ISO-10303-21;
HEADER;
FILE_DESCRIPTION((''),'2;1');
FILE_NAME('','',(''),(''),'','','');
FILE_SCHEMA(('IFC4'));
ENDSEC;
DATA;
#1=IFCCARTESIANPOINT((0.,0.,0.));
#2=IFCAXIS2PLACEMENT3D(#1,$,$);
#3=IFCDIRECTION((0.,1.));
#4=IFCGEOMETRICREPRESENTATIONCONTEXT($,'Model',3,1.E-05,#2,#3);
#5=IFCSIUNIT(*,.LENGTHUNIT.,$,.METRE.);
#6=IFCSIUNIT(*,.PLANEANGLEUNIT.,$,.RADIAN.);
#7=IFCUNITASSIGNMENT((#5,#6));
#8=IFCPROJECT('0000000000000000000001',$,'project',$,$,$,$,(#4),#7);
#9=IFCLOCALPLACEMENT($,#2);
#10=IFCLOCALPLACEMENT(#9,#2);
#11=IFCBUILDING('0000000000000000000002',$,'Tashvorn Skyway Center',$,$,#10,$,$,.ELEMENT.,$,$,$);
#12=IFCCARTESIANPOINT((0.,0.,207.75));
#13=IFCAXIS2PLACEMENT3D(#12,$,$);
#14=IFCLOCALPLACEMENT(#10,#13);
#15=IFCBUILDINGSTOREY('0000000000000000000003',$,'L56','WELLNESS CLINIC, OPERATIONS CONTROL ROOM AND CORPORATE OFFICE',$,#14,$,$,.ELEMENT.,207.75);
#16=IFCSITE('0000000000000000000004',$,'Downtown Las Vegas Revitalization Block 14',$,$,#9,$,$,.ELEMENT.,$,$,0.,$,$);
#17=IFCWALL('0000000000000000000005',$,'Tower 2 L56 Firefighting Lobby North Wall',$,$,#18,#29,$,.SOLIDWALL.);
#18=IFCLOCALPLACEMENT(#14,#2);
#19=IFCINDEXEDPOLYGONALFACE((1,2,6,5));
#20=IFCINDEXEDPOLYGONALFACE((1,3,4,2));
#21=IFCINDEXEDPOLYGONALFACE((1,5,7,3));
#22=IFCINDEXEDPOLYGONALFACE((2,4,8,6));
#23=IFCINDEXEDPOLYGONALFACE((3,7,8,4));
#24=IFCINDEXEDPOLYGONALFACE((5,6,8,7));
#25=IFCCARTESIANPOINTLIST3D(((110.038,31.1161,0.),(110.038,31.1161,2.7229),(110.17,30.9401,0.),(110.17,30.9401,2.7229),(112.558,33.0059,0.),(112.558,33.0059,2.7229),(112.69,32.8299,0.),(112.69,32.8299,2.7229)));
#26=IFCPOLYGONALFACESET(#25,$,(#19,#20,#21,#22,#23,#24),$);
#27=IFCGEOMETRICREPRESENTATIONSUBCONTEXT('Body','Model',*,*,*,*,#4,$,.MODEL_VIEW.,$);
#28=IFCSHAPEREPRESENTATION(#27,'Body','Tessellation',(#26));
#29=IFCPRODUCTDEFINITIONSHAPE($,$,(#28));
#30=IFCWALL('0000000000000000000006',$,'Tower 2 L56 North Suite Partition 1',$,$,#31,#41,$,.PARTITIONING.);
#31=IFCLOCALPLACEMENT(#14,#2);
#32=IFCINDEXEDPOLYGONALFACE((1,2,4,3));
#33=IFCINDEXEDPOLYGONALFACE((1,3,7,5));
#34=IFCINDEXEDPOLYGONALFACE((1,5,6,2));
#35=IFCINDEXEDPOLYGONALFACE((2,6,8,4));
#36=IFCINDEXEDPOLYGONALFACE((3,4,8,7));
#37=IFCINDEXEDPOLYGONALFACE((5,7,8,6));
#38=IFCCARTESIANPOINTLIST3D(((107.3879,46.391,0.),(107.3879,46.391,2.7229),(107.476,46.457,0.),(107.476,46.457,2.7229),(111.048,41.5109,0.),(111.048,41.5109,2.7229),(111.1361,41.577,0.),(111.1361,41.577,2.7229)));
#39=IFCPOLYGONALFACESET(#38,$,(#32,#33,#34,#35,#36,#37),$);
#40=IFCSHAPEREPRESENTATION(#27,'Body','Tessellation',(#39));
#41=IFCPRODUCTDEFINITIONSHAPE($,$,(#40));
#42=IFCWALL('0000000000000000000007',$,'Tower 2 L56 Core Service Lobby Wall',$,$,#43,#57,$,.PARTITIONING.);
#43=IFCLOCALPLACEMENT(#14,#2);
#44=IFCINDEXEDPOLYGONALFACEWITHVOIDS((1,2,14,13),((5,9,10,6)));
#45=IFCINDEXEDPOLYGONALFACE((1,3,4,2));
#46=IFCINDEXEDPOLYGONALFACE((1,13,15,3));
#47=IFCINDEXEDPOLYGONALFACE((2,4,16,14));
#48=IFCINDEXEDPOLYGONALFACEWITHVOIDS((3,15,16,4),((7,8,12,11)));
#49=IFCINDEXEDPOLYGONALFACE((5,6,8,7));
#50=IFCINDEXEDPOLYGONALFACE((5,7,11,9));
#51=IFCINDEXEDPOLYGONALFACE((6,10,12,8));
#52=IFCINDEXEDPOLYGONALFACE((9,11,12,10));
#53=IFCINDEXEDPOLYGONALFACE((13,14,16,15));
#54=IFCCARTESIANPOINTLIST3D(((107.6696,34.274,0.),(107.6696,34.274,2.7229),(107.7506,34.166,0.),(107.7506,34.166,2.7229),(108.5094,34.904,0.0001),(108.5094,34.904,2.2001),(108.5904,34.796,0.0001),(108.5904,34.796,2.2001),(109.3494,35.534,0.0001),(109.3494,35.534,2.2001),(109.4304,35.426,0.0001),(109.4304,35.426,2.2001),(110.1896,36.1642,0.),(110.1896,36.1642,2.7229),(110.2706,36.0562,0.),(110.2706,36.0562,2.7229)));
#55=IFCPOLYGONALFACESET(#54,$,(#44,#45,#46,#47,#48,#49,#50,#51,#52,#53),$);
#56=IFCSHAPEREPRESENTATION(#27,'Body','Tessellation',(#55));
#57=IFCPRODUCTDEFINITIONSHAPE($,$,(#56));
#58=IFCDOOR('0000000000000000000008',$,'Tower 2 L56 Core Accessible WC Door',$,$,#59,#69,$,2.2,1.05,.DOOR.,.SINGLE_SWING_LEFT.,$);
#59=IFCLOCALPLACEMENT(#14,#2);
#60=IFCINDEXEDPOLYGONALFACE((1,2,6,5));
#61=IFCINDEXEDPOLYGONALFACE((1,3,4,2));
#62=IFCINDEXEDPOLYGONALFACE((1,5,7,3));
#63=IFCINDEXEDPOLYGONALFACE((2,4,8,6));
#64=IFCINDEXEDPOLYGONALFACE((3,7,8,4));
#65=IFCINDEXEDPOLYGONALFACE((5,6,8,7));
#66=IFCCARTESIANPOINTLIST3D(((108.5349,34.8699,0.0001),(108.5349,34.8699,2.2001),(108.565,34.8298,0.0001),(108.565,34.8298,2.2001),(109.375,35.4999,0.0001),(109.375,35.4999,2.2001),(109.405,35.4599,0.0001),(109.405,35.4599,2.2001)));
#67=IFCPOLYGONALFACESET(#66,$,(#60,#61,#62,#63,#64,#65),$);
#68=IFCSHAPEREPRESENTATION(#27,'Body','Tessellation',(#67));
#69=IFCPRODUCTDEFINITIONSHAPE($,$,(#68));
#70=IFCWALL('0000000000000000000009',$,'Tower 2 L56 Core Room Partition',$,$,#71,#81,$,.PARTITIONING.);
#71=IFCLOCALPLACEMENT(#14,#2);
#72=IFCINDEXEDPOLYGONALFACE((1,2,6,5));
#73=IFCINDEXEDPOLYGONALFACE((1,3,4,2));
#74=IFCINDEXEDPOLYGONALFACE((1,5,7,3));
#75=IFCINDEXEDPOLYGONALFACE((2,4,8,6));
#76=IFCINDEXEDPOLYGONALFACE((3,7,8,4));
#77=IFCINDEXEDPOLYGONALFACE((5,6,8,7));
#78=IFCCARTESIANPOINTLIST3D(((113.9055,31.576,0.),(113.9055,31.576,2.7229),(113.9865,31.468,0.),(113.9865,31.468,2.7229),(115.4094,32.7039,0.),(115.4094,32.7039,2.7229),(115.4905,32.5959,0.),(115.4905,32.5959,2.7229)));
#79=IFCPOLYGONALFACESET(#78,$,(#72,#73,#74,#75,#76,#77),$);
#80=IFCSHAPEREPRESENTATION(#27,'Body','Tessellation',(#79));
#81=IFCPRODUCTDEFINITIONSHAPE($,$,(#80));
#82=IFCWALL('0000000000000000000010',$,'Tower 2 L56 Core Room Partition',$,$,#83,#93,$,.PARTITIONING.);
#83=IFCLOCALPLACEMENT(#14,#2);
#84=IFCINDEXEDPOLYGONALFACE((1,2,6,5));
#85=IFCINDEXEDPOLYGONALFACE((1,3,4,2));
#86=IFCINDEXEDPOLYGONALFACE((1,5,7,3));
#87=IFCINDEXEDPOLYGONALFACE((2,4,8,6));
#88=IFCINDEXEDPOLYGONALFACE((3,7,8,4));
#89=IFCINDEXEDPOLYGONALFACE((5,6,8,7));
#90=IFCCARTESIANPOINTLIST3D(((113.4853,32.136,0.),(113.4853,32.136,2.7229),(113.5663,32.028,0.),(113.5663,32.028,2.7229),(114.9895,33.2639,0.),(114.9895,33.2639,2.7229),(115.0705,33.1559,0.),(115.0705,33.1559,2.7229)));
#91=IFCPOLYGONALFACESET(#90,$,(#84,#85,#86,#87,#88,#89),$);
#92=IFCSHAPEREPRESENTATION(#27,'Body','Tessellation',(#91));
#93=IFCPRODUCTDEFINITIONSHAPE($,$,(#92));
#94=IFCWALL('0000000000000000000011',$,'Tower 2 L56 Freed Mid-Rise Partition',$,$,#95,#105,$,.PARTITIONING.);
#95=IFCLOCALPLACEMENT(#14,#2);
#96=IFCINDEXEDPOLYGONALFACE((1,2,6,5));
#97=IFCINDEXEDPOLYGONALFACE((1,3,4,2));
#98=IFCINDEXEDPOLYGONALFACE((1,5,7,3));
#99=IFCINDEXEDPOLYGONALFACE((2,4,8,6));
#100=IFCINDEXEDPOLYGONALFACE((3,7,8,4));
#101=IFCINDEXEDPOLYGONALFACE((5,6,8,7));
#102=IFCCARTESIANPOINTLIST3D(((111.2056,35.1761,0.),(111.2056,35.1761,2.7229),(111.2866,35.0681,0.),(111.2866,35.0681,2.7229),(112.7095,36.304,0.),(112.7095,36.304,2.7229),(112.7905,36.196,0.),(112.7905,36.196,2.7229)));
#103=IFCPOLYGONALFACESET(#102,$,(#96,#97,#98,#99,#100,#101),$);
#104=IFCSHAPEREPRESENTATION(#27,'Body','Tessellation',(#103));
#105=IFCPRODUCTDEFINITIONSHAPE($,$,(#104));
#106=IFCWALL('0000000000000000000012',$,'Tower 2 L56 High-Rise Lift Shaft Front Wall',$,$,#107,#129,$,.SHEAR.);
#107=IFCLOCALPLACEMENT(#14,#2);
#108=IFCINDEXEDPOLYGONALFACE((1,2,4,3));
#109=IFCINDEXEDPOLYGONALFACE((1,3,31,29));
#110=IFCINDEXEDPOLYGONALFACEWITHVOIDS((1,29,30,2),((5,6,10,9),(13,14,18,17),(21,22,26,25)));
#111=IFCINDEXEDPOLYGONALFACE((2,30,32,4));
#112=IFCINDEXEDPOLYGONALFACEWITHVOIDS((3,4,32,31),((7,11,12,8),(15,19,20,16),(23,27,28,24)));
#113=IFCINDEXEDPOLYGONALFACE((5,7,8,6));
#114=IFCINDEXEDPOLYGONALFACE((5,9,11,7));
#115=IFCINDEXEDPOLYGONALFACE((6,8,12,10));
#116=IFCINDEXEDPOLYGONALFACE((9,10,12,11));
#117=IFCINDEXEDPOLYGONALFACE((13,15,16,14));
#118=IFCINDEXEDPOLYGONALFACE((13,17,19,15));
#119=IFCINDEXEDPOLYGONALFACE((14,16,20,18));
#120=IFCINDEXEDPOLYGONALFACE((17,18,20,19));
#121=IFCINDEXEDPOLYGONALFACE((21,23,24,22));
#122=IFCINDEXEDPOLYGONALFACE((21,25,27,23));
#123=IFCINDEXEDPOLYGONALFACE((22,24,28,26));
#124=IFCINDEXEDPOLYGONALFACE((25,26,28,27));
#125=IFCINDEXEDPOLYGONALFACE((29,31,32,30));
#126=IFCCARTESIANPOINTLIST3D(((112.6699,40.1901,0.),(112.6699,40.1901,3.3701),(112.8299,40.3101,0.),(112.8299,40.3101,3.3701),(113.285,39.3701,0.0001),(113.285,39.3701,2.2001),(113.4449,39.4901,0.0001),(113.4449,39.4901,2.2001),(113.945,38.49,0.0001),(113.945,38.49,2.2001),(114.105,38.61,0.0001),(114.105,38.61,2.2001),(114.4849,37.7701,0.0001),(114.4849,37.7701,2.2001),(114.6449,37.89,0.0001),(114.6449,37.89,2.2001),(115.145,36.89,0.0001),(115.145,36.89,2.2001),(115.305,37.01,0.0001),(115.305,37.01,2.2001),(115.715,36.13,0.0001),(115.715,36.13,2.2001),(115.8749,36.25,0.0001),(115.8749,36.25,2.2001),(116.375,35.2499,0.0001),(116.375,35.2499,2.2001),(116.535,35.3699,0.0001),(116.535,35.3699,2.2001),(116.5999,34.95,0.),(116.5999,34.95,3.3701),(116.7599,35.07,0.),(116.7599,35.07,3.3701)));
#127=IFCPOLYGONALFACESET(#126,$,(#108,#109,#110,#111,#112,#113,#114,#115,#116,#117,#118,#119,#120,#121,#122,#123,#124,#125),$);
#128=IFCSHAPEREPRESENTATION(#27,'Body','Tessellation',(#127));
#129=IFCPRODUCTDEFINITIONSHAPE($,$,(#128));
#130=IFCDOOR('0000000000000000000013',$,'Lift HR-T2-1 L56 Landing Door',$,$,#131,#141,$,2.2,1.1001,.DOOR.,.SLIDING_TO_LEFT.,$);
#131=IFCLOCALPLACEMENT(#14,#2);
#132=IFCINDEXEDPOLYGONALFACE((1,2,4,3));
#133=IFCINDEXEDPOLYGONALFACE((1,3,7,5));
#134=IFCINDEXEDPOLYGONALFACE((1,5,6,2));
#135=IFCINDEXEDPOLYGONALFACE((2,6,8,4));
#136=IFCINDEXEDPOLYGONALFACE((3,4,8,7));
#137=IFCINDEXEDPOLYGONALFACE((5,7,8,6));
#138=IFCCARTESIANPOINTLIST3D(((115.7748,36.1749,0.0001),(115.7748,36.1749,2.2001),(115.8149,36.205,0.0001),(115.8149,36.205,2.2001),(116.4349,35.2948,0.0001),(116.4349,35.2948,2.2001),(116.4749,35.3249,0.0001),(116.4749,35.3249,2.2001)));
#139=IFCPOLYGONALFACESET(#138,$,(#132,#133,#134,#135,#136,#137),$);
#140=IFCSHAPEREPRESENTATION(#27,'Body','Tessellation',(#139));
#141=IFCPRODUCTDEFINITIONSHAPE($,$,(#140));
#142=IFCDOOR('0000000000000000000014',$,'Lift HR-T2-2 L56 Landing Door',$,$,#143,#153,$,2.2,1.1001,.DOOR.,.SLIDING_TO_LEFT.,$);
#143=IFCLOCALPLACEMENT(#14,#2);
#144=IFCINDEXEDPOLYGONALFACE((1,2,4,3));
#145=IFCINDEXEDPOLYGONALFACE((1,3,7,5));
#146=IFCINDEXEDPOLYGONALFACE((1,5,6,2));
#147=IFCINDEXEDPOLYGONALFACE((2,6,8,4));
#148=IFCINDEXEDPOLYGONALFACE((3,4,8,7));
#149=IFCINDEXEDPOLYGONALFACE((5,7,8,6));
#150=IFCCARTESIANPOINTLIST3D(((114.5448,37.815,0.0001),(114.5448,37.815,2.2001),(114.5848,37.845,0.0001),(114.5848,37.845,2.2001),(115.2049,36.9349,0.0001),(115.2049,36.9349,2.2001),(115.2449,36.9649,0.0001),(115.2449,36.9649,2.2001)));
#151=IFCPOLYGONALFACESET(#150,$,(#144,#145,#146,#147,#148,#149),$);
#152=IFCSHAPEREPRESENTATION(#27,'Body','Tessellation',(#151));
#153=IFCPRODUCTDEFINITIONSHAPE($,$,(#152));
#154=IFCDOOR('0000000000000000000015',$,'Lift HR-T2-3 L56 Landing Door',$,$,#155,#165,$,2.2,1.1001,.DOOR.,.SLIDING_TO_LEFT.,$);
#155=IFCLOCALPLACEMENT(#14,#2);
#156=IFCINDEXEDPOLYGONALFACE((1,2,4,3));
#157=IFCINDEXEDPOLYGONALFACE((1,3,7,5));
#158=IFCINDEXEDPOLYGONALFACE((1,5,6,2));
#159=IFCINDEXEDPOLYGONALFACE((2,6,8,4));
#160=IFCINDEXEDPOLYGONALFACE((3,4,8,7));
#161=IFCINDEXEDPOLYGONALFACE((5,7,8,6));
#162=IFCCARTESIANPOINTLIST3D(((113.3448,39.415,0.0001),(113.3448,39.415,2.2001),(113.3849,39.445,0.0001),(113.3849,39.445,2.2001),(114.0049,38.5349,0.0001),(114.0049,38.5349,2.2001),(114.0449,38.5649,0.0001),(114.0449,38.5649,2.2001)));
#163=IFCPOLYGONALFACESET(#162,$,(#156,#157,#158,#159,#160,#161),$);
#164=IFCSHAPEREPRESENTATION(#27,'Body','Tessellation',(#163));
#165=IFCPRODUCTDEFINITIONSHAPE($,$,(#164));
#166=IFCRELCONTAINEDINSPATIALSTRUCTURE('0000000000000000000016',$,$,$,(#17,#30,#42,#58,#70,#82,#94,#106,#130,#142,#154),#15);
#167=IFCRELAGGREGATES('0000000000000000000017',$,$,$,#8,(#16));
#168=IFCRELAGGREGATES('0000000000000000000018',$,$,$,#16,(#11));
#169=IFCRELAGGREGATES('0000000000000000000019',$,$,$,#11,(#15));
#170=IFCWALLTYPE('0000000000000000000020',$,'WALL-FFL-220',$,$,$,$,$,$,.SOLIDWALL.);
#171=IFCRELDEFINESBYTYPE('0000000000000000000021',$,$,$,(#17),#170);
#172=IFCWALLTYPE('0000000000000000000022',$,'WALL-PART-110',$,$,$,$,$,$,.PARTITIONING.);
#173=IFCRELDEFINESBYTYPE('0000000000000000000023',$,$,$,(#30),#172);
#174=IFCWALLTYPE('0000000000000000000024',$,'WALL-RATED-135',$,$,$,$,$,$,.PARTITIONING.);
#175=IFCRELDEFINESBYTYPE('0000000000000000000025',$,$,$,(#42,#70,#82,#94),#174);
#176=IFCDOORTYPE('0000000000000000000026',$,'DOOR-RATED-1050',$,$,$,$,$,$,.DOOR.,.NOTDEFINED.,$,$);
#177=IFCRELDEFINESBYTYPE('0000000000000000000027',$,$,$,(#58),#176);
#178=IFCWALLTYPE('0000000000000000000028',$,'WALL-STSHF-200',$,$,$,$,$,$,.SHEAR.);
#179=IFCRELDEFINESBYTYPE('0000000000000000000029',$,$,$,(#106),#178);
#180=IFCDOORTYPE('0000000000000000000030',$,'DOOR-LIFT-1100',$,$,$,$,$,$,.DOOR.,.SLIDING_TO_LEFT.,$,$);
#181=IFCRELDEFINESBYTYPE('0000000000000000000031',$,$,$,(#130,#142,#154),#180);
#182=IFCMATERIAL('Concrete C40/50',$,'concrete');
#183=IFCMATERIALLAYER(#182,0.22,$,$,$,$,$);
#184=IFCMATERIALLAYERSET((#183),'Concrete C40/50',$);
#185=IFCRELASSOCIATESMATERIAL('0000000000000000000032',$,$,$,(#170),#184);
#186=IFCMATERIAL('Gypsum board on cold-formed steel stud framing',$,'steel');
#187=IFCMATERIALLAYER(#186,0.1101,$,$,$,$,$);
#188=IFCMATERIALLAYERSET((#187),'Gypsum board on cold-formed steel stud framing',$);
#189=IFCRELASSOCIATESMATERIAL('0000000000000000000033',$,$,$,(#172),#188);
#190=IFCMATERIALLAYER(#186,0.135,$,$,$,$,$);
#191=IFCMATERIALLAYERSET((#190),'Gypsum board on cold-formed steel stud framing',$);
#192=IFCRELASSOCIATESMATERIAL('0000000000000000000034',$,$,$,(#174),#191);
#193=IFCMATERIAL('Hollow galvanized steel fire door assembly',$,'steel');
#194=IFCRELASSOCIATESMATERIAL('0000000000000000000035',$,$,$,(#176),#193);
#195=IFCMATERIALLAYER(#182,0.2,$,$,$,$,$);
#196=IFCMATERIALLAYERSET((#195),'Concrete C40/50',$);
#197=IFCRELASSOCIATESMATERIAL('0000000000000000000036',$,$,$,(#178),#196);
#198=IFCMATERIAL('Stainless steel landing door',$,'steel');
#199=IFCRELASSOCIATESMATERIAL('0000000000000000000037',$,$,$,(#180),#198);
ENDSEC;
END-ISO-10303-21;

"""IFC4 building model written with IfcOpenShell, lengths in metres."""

from ifc_helpers import new_model, si_unit, direction, frame, frame_2d, origin, place, context, subcontext, project, spatial, rectangle, extrude, material, layer, layer_set, type_object, element, fill, save


model = new_model("IFC4")

# Units and contexts
model_context = context("Model", 3, precision=1e-05, world=origin(), true_north=direction((0.0, 1.0)))
body_context = subcontext(model_context, "Body", "Model", "MODEL_VIEW")
ifc_project = project(units=[si_unit("LENGTHUNIT", "METRE"), si_unit("PLANEANGLEUNIT", "RADIAN")], contexts=[model_context])

# Site, building, storey
site_placement = place(None, origin())
site = spatial("IfcSite", under=ifc_project, at=site_placement, Name="Downtown Las Vegas Revitalization Block 14", CompositionType="ELEMENT", RefElevation=0.0)
building_placement = place(site_placement, origin())
building = spatial("IfcBuilding", under=site, at=building_placement, Name="Tashvorn Skyway Center", CompositionType="ELEMENT")
storey_placement = place(building_placement, frame((0.0, 0.0, 207.75)))
storey = spatial("IfcBuildingStorey", under=building, at=storey_placement, Name="L56", Description="WELLNESS CLINIC, OPERATIONS CONTROL ROOM AND CORPORATE OFFICE", CompositionType="ELEMENT", Elevation=207.75)

# Walls
ifc_material_1 = material(Name="Concrete C40/50", Category="concrete")
ifc_layer_1 = layer(ifc_material_1, 0.22)
ifc_layer_set_1 = layer_set([ifc_layer_1], Name="Concrete C40/50")
wall_type_1 = type_object("IfcWallType", Name="WALL-FFL-220", PredefinedType="SOLIDWALL", material=ifc_layer_set_1)
wall_1_placement = place(storey_placement, frame((110.104, 31.0281, 0.0), z_axis=(0.0, 0.0, 1.0), x_axis=(0.800019, 0.599975, 0.0)))
element("IfcWall", 1, at=wall_1_placement, inside=storey, type_object=wall_type_1, Name="Tower 2 L56 Firefighting Lobby North Wall", PredefinedType="SOLIDWALL", context=body_context, shape_type="SweptSolid", body=[
    extrude(rectangle(XDim=3.1499, YDim=0.22, at=frame_2d((1.575, 0.0))), origin(), (0.0, 0.0, 1.0), 2.7229),
])
ifc_material_2 = material(Name="Gypsum board on cold-formed steel stud framing", Category="steel")
ifc_layer_2 = layer(ifc_material_2, 0.1101)
ifc_layer_set_2 = layer_set([ifc_layer_2], Name="Gypsum board on cold-formed steel stud framing")
wall_type_2 = type_object("IfcWallType", Name="WALL-PART-110", PredefinedType="PARTITIONING", material=ifc_layer_set_2)
wall_2_placement = place(storey_placement, frame((111.092, 41.5439, 0.0), z_axis=(0.0, 0.0, 1.0), x_axis=(-0.600006, 0.799995, 0.0)))
element("IfcWall", 2, at=wall_2_placement, inside=storey, type_object=wall_type_2, Name="Tower 2 L56 North Suite Partition 1", PredefinedType="PARTITIONING", context=body_context, shape_type="SweptSolid", body=[
    extrude(rectangle(XDim=6.1001, YDim=0.1101, at=frame_2d((3.05, 0.0))), origin(), (0.0, 0.0, 1.0), 2.7229),
])

# Wall, opening, door
ifc_layer_3 = layer(ifc_material_2, 0.135)
ifc_layer_set_3 = layer_set([ifc_layer_3], Name="Gypsum board on cold-formed steel stud framing")
wall_type_3 = type_object("IfcWallType", Name="WALL-RATED-135", PredefinedType="PARTITIONING", material=ifc_layer_set_3)
wall_3_placement = place(storey_placement, frame((107.71, 34.22, 0.0), z_axis=(0.0, 0.0, 1.0), x_axis=(0.799981, 0.600025, 0.0)))
wall_3 = element("IfcWall", 3, at=wall_3_placement, inside=storey, type_object=wall_type_3, Name="Tower 2 L56 Core Service Lobby Wall", PredefinedType="PARTITIONING", context=body_context, shape_type="SweptSolid", body=[
    extrude(rectangle(XDim=3.1501, YDim=0.135, at=frame_2d((1.5752, 0.0))), origin(), (0.0, 0.0, 1.0), 2.7229),
])
opening_1_placement = place(wall_3_placement, frame((1.05, 0.0, 0.0)))
opening_1 = element("IfcOpeningElement", 4, at=opening_1_placement, cuts=wall_3, PredefinedType="OPENING", context=body_context, shape_type="SweptSolid", body=[
    extrude(rectangle(XDim=1.05, YDim=2.2, at=frame_2d((0.5249, 1.1001))), frame((0.0, 0.0774, 0.0), z_axis=(0.0, -1.0, 0.0), x_axis=(1.0, 0.0, 0.0)), (0.0, 0.0, 1.0), 0.155),
])
ifc_material_3 = material(Name="Hollow galvanized steel fire door assembly", Category="steel")
door_type_1 = type_object("IfcDoorType", Name="DOOR-RATED-1050", OperationType="NOTDEFINED", PredefinedType="DOOR", material=ifc_material_3)
door_1_placement = place(opening_1_placement, origin())
door_1 = element("IfcDoor", 5, at=door_1_placement, inside=storey, type_object=door_type_1, Name="Tower 2 L56 Core Accessible WC Door", OperationType="SINGLE_SWING_LEFT", OverallHeight=2.2, OverallWidth=1.05, PredefinedType="DOOR", context=body_context, shape_type="SweptSolid", body=[
    extrude(rectangle(XDim=1.05, YDim=2.2, at=frame_2d((0.5249, 1.1001))), frame((0.0, 0.0249, 0.0), z_axis=(0.0, -1.0, 0.0), x_axis=(1.0, 0.0, 0.0)), (0.0, 0.0, 1.0), 0.05),
])
fill(opening_1, door_1)

# Walls
wall_4_placement = place(storey_placement, frame((113.946, 31.522, 0.0), z_axis=(0.0, 0.0, 1.0), x_axis=(0.8, 0.6, 0.0)))
element("IfcWall", 6, at=wall_4_placement, inside=storey, type_object=wall_type_3, Name="Tower 2 L56 Core Room Partition", PredefinedType="PARTITIONING", context=body_context, shape_type="SweptSolid", body=[
    extrude(rectangle(XDim=1.8799, YDim=0.135, at=frame_2d((0.9399, 0.0))), origin(), (0.0, 0.0, 1.0), 2.7229),
])
wall_5_placement = place(storey_placement, frame((113.5259, 32.082, 0.0), z_axis=(0.0, 0.0, 1.0), x_axis=(0.800047, 0.599938, 0.0)))
element("IfcWall", 7, at=wall_5_placement, inside=storey, type_object=wall_type_3, Name="Tower 2 L56 Core Room Partition", PredefinedType="PARTITIONING", context=body_context, shape_type="SweptSolid", body=[
    extrude(rectangle(XDim=1.8801, YDim=0.135, at=frame_2d((0.9399, 0.0))), origin(), (0.0, 0.0, 1.0), 2.7229),
])
wall_6_placement = place(storey_placement, frame((111.2461, 35.1221, 0.0), z_axis=(0.0, 0.0, 1.0), x_axis=(0.8, 0.6, 0.0)))
element("IfcWall", 8, at=wall_6_placement, inside=storey, type_object=wall_type_3, Name="Tower 2 L56 Freed Mid-Rise Partition", PredefinedType="PARTITIONING", context=body_context, shape_type="SweptSolid", body=[
    extrude(rectangle(XDim=1.8799, YDim=0.135, at=frame_2d((0.9399, 0.0))), origin(), (0.0, 0.0, 1.0), 2.7229),
])

# Wall, openings, doors
ifc_layer_4 = layer(ifc_material_1, 0.2)
ifc_layer_set_4 = layer_set([ifc_layer_4], Name="Concrete C40/50")
wall_type_4 = type_object("IfcWallType", Name="WALL-STSHF-200", PredefinedType="SHEAR", material=ifc_layer_set_4)
wall_7_placement = place(storey_placement, frame((112.75, 40.25, 0.0), z_axis=(0.0, 0.0, 1.0), x_axis=(0.599994, -0.800004, 0.0)))
wall_7 = element("IfcWall", 9, at=wall_7_placement, inside=storey, type_object=wall_type_4, Name="Tower 2 L56 High-Rise Lift Shaft Front Wall", PredefinedType="SHEAR", context=body_context, shape_type="SweptSolid", body=[
    extrude(rectangle(XDim=6.55, YDim=0.2, at=frame_2d((3.2749, 0.0))), origin(), (0.0, 0.0, 1.0), 3.3701),
])
opening_2_placement = place(wall_7_placement, frame((5.075, 0.0, 0.0)))
opening_2 = element("IfcOpeningElement", 10, at=opening_2_placement, cuts=wall_7, PredefinedType="OPENING", context=body_context, shape_type="SweptSolid", body=[
    extrude(rectangle(XDim=1.1001, YDim=2.2, at=frame_2d((0.55, 1.1001))), frame((0.0, 0.1099, 0.0), z_axis=(0.0, -1.0, 0.0), x_axis=(1.0, 0.0, 0.0)), (0.0, 0.0, 1.0), 0.22),
])
opening_3_placement = place(wall_7_placement, frame((3.0249, 0.0, 0.0)))
opening_3 = element("IfcOpeningElement", 11, at=opening_3_placement, cuts=wall_7, PredefinedType="OPENING", context=body_context, shape_type="SweptSolid", body=[
    extrude(rectangle(XDim=1.1001, YDim=2.2, at=frame_2d((0.55, 1.1001))), frame((0.0, 0.1099, 0.0), z_axis=(0.0, -1.0, 0.0), x_axis=(1.0, 0.0, 0.0)), (0.0, 0.0, 1.0), 0.22),
])
opening_4_placement = place(wall_7_placement, frame((1.0249, 0.0, 0.0)))
opening_4 = element("IfcOpeningElement", 12, at=opening_4_placement, cuts=wall_7, PredefinedType="OPENING", context=body_context, shape_type="SweptSolid", body=[
    extrude(rectangle(XDim=1.1001, YDim=2.2, at=frame_2d((0.55, 1.1001))), frame((0.0, 0.1099, 0.0), z_axis=(0.0, -1.0, 0.0), x_axis=(1.0, 0.0, 0.0)), (0.0, 0.0, 1.0), 0.22),
])
ifc_material_4 = material(Name="Stainless steel landing door", Category="steel")
door_type_2 = type_object("IfcDoorType", Name="DOOR-LIFT-1100", OperationType="SLIDING_TO_LEFT", PredefinedType="DOOR", material=ifc_material_4)
door_2_placement = place(opening_2_placement, origin())
door_2 = element("IfcDoor", 13, at=door_2_placement, inside=storey, type_object=door_type_2, Name="Lift HR-T2-1 L56 Landing Door", OperationType="SLIDING_TO_LEFT", OverallHeight=2.2, OverallWidth=1.1001, PredefinedType="DOOR", context=body_context, shape_type="SweptSolid", body=[
    extrude(rectangle(XDim=1.1001, YDim=2.2, at=frame_2d((0.55, 1.1001))), frame((0.0, 0.0249, 0.0), z_axis=(0.0, -1.0, 0.0), x_axis=(1.0, 0.0, 0.0)), (0.0, 0.0, 1.0), 0.05),
])
fill(opening_2, door_2)
door_3_placement = place(opening_3_placement, origin())
door_3 = element("IfcDoor", 14, at=door_3_placement, inside=storey, type_object=door_type_2, Name="Lift HR-T2-2 L56 Landing Door", OperationType="SLIDING_TO_LEFT", OverallHeight=2.2, OverallWidth=1.1001, PredefinedType="DOOR", context=body_context, shape_type="SweptSolid", body=[
    extrude(rectangle(XDim=1.1001, YDim=2.2, at=frame_2d((0.55, 1.1001))), frame((0.0, 0.0249, 0.0), z_axis=(0.0, -1.0, 0.0), x_axis=(1.0, 0.0, 0.0)), (0.0, 0.0, 1.0), 0.05),
])
fill(opening_3, door_3)
door_4_placement = place(opening_4_placement, origin())
door_4 = element("IfcDoor", 15, at=door_4_placement, inside=storey, type_object=door_type_2, Name="Lift HR-T2-3 L56 Landing Door", OperationType="SLIDING_TO_LEFT", OverallHeight=2.2, OverallWidth=1.1001, PredefinedType="DOOR", context=body_context, shape_type="SweptSolid", body=[
    extrude(rectangle(XDim=1.1001, YDim=2.2, at=frame_2d((0.55, 1.1001))), frame((0.0, 0.0249, 0.0), z_axis=(0.0, -1.0, 0.0), x_axis=(1.0, 0.0, 0.0)), (0.0, 0.0, 1.0), 0.05),
])
fill(opening_4, door_4)

save(model, "model.ifc")
